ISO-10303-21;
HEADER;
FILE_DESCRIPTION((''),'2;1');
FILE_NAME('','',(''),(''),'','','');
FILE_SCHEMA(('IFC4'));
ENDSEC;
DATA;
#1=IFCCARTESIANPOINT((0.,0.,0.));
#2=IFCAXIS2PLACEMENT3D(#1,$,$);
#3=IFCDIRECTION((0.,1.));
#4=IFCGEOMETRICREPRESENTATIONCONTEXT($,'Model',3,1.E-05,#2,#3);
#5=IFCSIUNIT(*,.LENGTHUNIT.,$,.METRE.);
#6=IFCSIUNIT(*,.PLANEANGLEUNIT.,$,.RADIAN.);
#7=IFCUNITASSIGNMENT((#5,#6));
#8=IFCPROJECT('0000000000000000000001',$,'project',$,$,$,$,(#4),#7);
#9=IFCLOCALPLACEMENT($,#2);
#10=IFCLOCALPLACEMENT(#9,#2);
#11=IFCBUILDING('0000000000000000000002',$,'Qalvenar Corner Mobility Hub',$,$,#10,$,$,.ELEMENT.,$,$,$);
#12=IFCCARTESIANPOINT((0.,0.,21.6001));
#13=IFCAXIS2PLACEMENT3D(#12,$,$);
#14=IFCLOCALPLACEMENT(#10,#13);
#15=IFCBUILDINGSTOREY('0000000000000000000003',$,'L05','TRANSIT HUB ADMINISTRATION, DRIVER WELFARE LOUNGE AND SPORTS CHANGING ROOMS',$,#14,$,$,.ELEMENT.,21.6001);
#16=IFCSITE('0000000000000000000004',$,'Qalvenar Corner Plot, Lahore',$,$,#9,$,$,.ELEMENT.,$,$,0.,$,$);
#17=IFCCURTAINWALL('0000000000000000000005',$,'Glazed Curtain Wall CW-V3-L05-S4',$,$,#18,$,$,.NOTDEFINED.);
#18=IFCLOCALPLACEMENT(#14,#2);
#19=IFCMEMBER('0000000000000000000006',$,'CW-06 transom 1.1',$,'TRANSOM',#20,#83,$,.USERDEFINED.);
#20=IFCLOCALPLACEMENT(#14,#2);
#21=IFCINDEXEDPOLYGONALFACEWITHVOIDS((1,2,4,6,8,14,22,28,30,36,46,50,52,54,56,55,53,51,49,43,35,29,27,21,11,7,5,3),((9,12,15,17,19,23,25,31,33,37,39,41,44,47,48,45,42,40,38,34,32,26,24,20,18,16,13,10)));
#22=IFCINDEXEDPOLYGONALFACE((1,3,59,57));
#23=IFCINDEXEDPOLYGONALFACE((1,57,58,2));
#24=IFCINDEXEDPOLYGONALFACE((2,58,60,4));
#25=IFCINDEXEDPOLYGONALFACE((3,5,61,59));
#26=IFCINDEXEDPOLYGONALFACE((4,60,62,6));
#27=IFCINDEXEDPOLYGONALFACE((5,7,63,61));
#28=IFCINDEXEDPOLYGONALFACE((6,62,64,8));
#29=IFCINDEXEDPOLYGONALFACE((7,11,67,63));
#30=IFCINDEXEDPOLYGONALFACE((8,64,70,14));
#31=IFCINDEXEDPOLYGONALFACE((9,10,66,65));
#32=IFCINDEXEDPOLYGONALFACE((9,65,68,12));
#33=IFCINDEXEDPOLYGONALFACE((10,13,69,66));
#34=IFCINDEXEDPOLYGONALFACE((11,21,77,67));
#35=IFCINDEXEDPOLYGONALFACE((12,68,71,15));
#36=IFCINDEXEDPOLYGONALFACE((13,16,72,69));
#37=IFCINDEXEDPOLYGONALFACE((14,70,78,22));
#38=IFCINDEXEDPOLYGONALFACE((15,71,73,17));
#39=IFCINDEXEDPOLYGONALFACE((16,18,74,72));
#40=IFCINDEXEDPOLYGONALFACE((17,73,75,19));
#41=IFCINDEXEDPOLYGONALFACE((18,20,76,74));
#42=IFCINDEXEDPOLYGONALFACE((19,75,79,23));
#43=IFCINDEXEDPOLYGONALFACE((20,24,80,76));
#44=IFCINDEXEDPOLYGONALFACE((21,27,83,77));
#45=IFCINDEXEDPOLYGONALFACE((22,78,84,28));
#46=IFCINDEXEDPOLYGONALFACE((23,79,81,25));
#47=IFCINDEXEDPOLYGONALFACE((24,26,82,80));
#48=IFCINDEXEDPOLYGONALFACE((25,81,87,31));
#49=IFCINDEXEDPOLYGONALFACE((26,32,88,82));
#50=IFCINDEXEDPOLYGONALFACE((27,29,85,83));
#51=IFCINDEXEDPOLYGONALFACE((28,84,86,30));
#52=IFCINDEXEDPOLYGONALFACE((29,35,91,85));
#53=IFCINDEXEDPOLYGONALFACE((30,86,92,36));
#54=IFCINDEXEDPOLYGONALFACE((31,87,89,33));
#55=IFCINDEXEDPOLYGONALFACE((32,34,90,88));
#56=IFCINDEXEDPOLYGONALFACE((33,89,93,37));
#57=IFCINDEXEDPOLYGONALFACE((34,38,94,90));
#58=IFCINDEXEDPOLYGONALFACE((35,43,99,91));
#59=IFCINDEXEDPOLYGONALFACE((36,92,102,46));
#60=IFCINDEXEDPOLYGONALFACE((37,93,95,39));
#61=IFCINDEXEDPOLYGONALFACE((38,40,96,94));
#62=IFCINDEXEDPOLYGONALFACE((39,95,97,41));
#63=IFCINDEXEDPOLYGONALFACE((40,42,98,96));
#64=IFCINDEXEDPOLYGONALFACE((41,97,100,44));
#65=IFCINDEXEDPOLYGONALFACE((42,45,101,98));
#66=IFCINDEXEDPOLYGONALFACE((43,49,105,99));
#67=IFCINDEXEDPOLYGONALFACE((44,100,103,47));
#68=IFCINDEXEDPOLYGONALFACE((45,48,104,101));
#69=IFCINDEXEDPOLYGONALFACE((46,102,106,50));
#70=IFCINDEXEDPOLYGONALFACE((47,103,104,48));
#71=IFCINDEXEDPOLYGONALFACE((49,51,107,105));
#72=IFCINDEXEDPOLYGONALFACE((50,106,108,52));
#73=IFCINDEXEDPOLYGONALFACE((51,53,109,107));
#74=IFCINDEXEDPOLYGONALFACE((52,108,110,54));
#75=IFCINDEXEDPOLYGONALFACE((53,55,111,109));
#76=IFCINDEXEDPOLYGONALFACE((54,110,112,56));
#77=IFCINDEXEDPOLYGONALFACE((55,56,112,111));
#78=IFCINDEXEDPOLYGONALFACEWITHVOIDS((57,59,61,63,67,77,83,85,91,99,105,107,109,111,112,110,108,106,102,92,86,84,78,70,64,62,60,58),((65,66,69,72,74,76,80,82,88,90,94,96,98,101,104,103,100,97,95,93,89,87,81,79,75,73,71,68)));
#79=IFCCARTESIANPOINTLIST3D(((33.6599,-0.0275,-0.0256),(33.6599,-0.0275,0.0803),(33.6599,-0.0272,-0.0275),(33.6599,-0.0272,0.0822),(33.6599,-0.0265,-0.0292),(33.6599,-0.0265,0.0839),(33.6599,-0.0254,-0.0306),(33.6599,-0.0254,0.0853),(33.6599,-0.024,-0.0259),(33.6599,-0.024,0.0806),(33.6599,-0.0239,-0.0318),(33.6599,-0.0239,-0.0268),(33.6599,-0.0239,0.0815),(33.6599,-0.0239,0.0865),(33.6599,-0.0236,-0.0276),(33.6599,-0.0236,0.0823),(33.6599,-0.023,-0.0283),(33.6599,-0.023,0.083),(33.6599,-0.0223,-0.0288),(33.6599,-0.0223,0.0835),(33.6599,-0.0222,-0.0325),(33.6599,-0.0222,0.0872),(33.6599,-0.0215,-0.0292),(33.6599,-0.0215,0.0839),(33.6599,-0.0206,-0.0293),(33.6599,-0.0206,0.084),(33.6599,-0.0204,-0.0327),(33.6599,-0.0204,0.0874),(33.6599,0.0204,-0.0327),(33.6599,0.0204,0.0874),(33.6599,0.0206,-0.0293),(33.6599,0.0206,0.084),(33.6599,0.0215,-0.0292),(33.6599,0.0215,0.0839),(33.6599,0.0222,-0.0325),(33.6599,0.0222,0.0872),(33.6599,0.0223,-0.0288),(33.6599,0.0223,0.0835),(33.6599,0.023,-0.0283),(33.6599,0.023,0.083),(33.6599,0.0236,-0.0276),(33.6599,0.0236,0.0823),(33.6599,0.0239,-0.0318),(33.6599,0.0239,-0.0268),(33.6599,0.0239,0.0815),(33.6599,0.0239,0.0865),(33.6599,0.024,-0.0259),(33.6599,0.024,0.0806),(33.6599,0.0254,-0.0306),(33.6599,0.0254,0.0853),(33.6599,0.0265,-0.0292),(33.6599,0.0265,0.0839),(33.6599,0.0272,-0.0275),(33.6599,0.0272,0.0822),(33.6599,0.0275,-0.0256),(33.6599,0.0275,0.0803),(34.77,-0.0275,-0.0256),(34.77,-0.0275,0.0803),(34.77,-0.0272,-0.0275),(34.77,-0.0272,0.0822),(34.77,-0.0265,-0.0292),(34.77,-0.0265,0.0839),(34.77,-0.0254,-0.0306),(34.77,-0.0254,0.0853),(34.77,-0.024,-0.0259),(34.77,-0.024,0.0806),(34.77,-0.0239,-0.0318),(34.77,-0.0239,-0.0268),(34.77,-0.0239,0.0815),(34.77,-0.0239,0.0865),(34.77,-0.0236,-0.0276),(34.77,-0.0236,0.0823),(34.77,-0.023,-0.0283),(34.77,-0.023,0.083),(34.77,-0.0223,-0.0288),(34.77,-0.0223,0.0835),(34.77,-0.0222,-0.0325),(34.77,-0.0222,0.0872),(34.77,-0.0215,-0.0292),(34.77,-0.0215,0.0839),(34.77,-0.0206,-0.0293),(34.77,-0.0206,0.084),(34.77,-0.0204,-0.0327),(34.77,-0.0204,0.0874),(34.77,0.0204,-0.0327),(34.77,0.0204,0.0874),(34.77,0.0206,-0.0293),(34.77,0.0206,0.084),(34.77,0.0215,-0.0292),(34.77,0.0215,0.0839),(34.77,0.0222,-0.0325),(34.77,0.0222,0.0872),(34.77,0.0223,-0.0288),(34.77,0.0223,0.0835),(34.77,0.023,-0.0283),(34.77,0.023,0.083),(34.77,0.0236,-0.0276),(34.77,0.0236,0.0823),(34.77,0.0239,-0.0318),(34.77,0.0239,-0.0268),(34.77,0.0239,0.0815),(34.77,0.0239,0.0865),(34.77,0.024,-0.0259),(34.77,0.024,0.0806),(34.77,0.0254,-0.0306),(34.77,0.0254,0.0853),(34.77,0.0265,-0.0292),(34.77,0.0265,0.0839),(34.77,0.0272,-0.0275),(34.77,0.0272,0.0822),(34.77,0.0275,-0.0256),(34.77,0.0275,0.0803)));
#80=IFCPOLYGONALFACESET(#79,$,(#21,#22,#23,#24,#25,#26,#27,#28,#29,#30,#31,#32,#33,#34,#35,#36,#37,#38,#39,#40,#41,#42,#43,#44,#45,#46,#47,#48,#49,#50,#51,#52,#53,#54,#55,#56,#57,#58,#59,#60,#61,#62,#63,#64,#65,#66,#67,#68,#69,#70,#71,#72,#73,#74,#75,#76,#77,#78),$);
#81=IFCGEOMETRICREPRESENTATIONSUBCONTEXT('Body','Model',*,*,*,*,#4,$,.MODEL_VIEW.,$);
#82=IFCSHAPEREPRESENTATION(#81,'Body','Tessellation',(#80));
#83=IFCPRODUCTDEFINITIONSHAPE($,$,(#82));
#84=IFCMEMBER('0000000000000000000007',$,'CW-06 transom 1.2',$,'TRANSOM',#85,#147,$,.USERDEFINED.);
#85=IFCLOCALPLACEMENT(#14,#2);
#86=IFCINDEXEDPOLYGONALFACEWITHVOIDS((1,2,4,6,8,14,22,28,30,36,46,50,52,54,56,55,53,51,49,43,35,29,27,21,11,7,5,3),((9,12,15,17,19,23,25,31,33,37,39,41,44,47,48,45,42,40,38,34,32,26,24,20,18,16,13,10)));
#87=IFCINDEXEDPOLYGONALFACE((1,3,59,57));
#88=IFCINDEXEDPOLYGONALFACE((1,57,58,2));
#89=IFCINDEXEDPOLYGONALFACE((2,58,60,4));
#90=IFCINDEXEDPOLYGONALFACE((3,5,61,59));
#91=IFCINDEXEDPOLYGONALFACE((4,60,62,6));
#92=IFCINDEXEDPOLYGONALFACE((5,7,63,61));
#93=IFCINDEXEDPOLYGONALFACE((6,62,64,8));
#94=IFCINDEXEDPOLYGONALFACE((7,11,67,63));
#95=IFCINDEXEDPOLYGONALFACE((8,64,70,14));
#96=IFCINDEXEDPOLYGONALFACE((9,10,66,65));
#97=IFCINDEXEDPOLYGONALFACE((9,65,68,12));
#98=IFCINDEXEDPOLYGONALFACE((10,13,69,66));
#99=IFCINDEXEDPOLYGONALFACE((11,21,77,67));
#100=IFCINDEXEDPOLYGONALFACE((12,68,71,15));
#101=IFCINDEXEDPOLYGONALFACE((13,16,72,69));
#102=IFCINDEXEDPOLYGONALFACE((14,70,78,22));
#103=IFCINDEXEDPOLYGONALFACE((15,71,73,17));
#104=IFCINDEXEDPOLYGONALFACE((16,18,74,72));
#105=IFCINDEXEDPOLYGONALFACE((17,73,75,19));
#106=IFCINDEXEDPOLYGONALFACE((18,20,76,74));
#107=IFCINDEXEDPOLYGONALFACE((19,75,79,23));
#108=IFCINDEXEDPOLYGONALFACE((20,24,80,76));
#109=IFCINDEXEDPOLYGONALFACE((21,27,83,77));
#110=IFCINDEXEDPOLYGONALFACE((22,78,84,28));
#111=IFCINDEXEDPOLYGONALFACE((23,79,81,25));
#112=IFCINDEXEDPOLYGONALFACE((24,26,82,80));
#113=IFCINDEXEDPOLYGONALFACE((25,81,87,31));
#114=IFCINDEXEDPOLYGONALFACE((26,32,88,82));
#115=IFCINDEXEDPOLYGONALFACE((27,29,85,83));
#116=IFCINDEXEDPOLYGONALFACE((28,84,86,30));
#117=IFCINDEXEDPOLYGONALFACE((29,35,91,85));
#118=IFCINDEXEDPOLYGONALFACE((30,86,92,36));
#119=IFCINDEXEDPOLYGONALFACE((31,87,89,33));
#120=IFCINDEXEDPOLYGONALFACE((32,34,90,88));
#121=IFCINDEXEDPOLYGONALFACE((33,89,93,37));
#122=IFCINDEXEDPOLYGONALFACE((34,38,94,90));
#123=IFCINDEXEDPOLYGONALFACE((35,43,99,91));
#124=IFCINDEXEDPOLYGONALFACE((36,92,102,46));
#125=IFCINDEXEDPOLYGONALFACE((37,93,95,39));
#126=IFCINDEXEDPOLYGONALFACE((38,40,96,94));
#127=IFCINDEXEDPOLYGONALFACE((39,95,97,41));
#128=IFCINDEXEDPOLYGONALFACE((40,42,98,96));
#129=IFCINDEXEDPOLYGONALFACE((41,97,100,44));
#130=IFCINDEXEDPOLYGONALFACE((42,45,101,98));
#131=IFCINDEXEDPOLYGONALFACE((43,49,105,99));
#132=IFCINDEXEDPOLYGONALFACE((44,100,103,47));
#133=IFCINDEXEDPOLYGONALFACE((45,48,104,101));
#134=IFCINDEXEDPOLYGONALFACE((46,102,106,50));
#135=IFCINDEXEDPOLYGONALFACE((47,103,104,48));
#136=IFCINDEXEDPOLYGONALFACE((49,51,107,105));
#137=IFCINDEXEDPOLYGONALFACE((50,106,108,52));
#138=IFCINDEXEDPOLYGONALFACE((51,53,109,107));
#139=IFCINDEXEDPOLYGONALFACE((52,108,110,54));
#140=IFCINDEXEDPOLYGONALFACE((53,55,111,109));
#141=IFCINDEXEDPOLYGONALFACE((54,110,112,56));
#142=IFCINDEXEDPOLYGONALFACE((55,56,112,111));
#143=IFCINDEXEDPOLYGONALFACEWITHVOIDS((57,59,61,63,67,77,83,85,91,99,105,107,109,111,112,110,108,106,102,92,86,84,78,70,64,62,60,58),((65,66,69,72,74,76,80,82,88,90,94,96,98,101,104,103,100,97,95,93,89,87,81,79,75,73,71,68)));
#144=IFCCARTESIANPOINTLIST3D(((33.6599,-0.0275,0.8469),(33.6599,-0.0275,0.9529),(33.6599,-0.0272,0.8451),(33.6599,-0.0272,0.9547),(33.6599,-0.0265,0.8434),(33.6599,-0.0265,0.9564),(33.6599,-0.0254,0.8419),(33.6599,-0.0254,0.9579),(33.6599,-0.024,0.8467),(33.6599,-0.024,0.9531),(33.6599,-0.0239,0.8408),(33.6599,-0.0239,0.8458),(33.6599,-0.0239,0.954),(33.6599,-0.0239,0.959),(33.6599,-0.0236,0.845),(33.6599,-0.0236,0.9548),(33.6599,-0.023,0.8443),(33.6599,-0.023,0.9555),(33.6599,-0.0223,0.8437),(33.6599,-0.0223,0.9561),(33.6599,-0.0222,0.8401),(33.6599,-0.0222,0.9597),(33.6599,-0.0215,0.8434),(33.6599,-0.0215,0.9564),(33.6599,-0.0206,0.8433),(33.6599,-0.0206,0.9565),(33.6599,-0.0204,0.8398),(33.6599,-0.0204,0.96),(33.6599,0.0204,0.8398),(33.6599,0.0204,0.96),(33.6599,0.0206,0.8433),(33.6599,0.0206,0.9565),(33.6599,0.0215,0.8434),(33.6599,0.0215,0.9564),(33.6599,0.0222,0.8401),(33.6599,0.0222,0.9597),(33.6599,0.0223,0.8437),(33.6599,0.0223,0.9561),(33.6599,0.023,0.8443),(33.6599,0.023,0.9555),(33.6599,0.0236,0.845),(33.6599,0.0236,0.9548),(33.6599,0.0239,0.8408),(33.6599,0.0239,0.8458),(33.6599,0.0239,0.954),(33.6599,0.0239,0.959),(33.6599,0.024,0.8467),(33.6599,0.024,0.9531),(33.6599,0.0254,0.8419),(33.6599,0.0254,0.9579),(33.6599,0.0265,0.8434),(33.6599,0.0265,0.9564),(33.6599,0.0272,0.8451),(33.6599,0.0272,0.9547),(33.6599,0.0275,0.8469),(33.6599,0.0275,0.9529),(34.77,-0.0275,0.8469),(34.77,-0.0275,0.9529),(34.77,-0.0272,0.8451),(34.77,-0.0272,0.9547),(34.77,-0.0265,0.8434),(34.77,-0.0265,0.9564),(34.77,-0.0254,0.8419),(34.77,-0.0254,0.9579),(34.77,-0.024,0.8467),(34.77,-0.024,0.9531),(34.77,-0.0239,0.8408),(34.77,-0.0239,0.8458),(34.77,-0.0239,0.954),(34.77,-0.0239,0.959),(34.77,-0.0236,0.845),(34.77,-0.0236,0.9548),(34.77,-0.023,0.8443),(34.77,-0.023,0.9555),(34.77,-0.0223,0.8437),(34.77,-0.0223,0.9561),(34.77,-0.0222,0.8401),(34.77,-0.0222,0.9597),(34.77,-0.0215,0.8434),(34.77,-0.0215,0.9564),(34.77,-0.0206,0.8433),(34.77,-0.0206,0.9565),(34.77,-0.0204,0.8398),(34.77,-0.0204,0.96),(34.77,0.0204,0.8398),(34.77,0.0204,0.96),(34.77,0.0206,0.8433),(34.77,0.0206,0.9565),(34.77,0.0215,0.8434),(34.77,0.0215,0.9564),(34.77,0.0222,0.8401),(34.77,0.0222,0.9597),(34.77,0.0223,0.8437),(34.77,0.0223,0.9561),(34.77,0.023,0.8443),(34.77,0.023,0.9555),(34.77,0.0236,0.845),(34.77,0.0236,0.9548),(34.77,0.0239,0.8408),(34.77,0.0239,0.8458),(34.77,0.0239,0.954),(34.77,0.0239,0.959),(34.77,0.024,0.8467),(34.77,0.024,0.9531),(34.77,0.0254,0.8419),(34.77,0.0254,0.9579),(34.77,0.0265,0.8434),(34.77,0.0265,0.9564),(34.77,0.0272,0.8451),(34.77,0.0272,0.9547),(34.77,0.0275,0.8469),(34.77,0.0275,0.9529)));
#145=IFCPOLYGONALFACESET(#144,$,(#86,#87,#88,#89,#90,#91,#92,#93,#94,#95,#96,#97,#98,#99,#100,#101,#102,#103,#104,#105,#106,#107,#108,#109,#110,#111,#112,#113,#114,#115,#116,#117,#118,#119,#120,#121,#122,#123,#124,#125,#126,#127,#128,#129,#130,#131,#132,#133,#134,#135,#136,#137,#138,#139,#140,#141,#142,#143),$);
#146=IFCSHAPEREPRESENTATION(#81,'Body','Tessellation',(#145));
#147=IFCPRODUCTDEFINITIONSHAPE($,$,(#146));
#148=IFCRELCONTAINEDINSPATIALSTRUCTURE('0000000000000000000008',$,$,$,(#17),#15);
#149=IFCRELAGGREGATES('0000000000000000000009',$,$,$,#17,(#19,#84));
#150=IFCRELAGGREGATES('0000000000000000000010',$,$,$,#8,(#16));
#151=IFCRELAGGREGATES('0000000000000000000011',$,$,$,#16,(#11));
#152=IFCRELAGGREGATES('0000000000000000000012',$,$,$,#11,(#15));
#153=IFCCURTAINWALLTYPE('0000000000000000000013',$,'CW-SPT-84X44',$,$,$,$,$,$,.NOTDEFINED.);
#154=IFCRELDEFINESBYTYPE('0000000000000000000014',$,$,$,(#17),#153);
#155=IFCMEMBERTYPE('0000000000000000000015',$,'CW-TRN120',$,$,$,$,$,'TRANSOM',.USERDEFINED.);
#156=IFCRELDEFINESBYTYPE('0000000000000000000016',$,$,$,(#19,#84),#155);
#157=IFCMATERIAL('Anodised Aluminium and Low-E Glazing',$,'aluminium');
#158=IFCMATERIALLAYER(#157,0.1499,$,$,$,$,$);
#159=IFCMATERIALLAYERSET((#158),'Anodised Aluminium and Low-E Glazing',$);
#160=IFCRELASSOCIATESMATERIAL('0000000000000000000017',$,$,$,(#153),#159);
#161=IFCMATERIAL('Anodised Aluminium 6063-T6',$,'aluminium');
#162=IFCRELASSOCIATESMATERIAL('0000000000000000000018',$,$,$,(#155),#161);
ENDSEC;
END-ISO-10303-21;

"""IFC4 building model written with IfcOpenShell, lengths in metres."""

from ifc_helpers import new_model, si_unit, direction, frame, origin, origin_2d, place, context, subcontext, project, spatial, hollow_rectangle, extrude, material, layer, layer_set, material_profile, profile_set, type_object, element, aggregate, save


model = new_model("IFC4")

# Units and contexts
model_context = context("Model", 3, precision=1e-05, world=origin(), true_north=direction((0.0, 1.0)))
body_context = subcontext(model_context, "Body", "Model", "MODEL_VIEW")
ifc_project = project(units=[si_unit("LENGTHUNIT", "METRE"), si_unit("PLANEANGLEUNIT", "RADIAN")], contexts=[model_context])

# Site, building, storey
site_placement = place(None, origin())
site = spatial("IfcSite", under=ifc_project, at=site_placement, Name="Qalvenar Corner Plot, Lahore", CompositionType="ELEMENT", RefElevation=0.0)
building_placement = place(site_placement, origin())
building = spatial("IfcBuilding", under=site, at=building_placement, Name="Qalvenar Corner Mobility Hub", CompositionType="ELEMENT")
storey_placement = place(building_placement, frame((0.0, 0.0, 21.6001)))
storey = spatial("IfcBuildingStorey", under=building, at=storey_placement, Name="L05", Description="TRANSIT HUB ADMINISTRATION, DRIVER WELFARE LOUNGE AND SPORTS CHANGING ROOMS", CompositionType="ELEMENT", Elevation=21.6001)

# Curtain wall, members
ifc_material_1 = material(Name="Anodised Aluminium and Low-E Glazing", Category="aluminium")
ifc_layer_1 = layer(ifc_material_1, 0.1499)
ifc_layer_set_1 = layer_set([ifc_layer_1], Name="Anodised Aluminium and Low-E Glazing")
curtain_wall_type = type_object("IfcCurtainWallType", Name="CW-SPT-84X44", PredefinedType="NOTDEFINED", material=ifc_layer_set_1)
curtain_wall_placement = place(storey_placement, origin())
curtain_wall = element("IfcCurtainWall", 1, at=curtain_wall_placement, inside=storey, type_object=curtain_wall_type, Name="Glazed Curtain Wall CW-V3-L05-S4", PredefinedType="NOTDEFINED")
ifc_material_2 = material(Name="Anodised Aluminium 6063-T6", Category="aluminium")
ifc_material_profile_1 = material_profile(ifc_material_2, hollow_rectangle(XDim=0.0549, YDim=0.1201, WallThickness=0.0034, InnerFilletRadius=0.0034, OuterFilletRadius=0.0071, at=origin_2d()), Name="RHS120x55x3.5")
ifc_profile_set_1 = profile_set([ifc_material_profile_1], Name="Anodised Aluminium 6063-T6")
member_type_1 = type_object("IfcMemberType", Name="CW-TRN120", ElementType="TRANSOM", PredefinedType="USERDEFINED", material=ifc_profile_set_1)
member_1_placement = place(storey_placement, frame((33.6599, 0.0, 0.0273), z_axis=(1.0, 0.0, 0.0), x_axis=(0.0, 1.0, 0.0)))
member_1 = element("IfcMember", 2, at=member_1_placement, type_object=member_type_1, Name="CW-06 transom 1.1", ObjectType="TRANSOM", PredefinedType="USERDEFINED", context=body_context, shape_type="SweptSolid", body=[
    extrude(hollow_rectangle(XDim=0.0549, YDim=0.1201, WallThickness=0.0034, InnerFilletRadius=0.0034, OuterFilletRadius=0.0071, at=origin_2d()), origin(), (0.0, 0.0, 1.0), 1.1101),
])
member_2_placement = place(storey_placement, frame((33.6599, 0.0, 0.8999), z_axis=(1.0, 0.0, 0.0), x_axis=(0.0, 1.0, 0.0)))
member_2 = element("IfcMember", 3, at=member_2_placement, type_object=member_type_1, Name="CW-06 transom 1.2", ObjectType="TRANSOM", PredefinedType="USERDEFINED", context=body_context, shape_type="SweptSolid", body=[
    extrude(hollow_rectangle(XDim=0.0549, YDim=0.1201, WallThickness=0.0034, InnerFilletRadius=0.0034, OuterFilletRadius=0.0071, at=origin_2d()), origin(), (0.0, 0.0, 1.0), 1.1101),
])
aggregate(curtain_wall, [member_1, member_2])

save(model, "model.ifc")
